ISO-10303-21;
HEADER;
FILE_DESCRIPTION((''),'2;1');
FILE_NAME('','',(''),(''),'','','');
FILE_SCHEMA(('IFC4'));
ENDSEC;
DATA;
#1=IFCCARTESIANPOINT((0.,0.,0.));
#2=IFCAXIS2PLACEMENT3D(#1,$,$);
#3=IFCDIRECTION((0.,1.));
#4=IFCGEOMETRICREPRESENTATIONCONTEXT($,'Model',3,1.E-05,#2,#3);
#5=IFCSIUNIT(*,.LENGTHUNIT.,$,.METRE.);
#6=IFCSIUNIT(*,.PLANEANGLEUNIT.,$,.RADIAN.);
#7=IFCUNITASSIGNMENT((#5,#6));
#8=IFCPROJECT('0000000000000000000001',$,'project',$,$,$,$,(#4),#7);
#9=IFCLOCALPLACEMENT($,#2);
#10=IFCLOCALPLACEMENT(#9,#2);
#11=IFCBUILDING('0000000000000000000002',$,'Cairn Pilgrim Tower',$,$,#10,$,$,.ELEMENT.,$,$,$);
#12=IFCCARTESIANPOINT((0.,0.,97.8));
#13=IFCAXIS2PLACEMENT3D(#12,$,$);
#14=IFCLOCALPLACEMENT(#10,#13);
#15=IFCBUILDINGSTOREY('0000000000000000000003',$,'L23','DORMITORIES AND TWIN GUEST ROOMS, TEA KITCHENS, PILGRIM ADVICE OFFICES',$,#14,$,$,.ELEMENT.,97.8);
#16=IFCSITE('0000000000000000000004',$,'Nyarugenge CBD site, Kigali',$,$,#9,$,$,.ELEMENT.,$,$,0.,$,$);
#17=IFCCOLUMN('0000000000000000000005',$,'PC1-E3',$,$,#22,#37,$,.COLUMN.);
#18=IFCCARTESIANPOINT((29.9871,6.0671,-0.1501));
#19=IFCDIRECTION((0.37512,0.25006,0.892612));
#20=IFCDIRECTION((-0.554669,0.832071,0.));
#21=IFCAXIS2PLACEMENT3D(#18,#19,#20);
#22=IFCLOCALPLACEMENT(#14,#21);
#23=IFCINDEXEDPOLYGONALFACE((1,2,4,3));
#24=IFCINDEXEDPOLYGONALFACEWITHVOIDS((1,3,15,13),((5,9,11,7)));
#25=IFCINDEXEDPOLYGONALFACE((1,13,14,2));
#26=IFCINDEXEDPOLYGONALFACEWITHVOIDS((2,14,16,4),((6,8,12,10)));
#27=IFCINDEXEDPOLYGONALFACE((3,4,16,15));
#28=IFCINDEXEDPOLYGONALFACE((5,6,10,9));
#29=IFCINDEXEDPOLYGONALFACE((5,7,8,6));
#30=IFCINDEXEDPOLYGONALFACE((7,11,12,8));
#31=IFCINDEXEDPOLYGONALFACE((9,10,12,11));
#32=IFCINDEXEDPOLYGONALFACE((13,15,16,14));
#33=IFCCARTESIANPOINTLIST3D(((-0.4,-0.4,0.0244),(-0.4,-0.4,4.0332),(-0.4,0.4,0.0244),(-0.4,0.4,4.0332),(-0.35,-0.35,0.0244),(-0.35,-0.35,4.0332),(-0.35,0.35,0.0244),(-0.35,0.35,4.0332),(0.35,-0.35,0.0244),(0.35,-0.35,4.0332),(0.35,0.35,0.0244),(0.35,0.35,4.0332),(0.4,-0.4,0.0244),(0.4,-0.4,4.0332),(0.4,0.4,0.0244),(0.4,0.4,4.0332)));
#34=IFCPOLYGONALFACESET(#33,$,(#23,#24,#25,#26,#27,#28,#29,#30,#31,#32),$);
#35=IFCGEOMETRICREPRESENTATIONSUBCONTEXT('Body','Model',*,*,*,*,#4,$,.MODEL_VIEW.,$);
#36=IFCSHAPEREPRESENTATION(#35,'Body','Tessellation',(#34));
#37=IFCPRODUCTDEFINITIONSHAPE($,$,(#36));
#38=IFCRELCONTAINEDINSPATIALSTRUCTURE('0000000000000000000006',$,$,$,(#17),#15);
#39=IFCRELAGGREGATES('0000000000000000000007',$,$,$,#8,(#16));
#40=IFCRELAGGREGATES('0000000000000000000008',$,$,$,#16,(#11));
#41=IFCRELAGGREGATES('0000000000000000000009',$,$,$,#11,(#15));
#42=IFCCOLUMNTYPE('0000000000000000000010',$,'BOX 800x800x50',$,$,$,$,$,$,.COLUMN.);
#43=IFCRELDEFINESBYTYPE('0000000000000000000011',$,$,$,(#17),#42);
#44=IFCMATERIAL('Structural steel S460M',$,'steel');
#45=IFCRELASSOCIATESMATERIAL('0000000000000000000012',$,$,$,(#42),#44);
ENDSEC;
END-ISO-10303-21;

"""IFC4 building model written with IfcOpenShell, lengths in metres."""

from ifc_helpers import new_model, si_unit, direction, frame, origin, origin_2d, place, context, subcontext, project, spatial, hollow_rectangle, extrude, clip, halfspace, material, material_profile, profile_set, type_object, element, save


model = new_model("IFC4")

# Units and contexts
model_context = context("Model", 3, precision=1e-05, world=origin(), true_north=direction((0.0, 1.0)))
body_context = subcontext(model_context, "Body", "Model", "MODEL_VIEW")
ifc_project = project(units=[si_unit("LENGTHUNIT", "METRE"), si_unit("PLANEANGLEUNIT", "RADIAN")], contexts=[model_context])

# Site, building, storey
site_placement = place(None, origin())
site = spatial("IfcSite", under=ifc_project, at=site_placement, Name="Nyarugenge CBD site, Kigali", CompositionType="ELEMENT", RefElevation=0.0)
building_placement = place(site_placement, origin())
building = spatial("IfcBuilding", under=site, at=building_placement, Name="Cairn Pilgrim Tower", CompositionType="ELEMENT")
storey_placement = place(building_placement, frame((0.0, 0.0, 97.8)))
storey = spatial("IfcBuildingStorey", under=building, at=storey_placement, Name="L23", Description="DORMITORIES AND TWIN GUEST ROOMS, TEA KITCHENS, PILGRIM ADVICE OFFICES", CompositionType="ELEMENT", Elevation=97.8)

# Column
ifc_material_1 = material(Name="Structural steel S460M", Category="steel")
ifc_material_profile_1 = material_profile(ifc_material_1, hollow_rectangle(XDim=0.8, YDim=0.8, WallThickness=0.05, at=origin_2d()), Name="BOX 800x800x50")
ifc_profile_set_1 = profile_set([ifc_material_profile_1], Name="Structural steel S460M")
column_type_1 = type_object("IfcColumnType", Name="BOX 800x800x50", PredefinedType="COLUMN", material=ifc_profile_set_1)
column_placement = place(storey_placement, frame((29.9871, 6.0671, -0.1501), z_axis=(0.37512, 0.25006, 0.892612), x_axis=(-0.554669, 0.832071, 0.0)))
element("IfcColumn", 1, at=column_placement, inside=storey, type_object=column_type_1, Name="PC1-E3", PredefinedType="COLUMN", context=body_context, shape_type="Clipping", body=[
    clip(extrude(hollow_rectangle(XDim=0.8, YDim=0.8, WallThickness=0.05, at=origin_2d()), origin(), (0.0, 0.0, 1.0), 4.0332), halfspace(frame((0.0, 0.0, 0.0244), z_axis=(0.0, 0.0, 1.0), x_axis=(1.0, 0.0, 0.0)), True)),
])

save(model, "model.ifc")
